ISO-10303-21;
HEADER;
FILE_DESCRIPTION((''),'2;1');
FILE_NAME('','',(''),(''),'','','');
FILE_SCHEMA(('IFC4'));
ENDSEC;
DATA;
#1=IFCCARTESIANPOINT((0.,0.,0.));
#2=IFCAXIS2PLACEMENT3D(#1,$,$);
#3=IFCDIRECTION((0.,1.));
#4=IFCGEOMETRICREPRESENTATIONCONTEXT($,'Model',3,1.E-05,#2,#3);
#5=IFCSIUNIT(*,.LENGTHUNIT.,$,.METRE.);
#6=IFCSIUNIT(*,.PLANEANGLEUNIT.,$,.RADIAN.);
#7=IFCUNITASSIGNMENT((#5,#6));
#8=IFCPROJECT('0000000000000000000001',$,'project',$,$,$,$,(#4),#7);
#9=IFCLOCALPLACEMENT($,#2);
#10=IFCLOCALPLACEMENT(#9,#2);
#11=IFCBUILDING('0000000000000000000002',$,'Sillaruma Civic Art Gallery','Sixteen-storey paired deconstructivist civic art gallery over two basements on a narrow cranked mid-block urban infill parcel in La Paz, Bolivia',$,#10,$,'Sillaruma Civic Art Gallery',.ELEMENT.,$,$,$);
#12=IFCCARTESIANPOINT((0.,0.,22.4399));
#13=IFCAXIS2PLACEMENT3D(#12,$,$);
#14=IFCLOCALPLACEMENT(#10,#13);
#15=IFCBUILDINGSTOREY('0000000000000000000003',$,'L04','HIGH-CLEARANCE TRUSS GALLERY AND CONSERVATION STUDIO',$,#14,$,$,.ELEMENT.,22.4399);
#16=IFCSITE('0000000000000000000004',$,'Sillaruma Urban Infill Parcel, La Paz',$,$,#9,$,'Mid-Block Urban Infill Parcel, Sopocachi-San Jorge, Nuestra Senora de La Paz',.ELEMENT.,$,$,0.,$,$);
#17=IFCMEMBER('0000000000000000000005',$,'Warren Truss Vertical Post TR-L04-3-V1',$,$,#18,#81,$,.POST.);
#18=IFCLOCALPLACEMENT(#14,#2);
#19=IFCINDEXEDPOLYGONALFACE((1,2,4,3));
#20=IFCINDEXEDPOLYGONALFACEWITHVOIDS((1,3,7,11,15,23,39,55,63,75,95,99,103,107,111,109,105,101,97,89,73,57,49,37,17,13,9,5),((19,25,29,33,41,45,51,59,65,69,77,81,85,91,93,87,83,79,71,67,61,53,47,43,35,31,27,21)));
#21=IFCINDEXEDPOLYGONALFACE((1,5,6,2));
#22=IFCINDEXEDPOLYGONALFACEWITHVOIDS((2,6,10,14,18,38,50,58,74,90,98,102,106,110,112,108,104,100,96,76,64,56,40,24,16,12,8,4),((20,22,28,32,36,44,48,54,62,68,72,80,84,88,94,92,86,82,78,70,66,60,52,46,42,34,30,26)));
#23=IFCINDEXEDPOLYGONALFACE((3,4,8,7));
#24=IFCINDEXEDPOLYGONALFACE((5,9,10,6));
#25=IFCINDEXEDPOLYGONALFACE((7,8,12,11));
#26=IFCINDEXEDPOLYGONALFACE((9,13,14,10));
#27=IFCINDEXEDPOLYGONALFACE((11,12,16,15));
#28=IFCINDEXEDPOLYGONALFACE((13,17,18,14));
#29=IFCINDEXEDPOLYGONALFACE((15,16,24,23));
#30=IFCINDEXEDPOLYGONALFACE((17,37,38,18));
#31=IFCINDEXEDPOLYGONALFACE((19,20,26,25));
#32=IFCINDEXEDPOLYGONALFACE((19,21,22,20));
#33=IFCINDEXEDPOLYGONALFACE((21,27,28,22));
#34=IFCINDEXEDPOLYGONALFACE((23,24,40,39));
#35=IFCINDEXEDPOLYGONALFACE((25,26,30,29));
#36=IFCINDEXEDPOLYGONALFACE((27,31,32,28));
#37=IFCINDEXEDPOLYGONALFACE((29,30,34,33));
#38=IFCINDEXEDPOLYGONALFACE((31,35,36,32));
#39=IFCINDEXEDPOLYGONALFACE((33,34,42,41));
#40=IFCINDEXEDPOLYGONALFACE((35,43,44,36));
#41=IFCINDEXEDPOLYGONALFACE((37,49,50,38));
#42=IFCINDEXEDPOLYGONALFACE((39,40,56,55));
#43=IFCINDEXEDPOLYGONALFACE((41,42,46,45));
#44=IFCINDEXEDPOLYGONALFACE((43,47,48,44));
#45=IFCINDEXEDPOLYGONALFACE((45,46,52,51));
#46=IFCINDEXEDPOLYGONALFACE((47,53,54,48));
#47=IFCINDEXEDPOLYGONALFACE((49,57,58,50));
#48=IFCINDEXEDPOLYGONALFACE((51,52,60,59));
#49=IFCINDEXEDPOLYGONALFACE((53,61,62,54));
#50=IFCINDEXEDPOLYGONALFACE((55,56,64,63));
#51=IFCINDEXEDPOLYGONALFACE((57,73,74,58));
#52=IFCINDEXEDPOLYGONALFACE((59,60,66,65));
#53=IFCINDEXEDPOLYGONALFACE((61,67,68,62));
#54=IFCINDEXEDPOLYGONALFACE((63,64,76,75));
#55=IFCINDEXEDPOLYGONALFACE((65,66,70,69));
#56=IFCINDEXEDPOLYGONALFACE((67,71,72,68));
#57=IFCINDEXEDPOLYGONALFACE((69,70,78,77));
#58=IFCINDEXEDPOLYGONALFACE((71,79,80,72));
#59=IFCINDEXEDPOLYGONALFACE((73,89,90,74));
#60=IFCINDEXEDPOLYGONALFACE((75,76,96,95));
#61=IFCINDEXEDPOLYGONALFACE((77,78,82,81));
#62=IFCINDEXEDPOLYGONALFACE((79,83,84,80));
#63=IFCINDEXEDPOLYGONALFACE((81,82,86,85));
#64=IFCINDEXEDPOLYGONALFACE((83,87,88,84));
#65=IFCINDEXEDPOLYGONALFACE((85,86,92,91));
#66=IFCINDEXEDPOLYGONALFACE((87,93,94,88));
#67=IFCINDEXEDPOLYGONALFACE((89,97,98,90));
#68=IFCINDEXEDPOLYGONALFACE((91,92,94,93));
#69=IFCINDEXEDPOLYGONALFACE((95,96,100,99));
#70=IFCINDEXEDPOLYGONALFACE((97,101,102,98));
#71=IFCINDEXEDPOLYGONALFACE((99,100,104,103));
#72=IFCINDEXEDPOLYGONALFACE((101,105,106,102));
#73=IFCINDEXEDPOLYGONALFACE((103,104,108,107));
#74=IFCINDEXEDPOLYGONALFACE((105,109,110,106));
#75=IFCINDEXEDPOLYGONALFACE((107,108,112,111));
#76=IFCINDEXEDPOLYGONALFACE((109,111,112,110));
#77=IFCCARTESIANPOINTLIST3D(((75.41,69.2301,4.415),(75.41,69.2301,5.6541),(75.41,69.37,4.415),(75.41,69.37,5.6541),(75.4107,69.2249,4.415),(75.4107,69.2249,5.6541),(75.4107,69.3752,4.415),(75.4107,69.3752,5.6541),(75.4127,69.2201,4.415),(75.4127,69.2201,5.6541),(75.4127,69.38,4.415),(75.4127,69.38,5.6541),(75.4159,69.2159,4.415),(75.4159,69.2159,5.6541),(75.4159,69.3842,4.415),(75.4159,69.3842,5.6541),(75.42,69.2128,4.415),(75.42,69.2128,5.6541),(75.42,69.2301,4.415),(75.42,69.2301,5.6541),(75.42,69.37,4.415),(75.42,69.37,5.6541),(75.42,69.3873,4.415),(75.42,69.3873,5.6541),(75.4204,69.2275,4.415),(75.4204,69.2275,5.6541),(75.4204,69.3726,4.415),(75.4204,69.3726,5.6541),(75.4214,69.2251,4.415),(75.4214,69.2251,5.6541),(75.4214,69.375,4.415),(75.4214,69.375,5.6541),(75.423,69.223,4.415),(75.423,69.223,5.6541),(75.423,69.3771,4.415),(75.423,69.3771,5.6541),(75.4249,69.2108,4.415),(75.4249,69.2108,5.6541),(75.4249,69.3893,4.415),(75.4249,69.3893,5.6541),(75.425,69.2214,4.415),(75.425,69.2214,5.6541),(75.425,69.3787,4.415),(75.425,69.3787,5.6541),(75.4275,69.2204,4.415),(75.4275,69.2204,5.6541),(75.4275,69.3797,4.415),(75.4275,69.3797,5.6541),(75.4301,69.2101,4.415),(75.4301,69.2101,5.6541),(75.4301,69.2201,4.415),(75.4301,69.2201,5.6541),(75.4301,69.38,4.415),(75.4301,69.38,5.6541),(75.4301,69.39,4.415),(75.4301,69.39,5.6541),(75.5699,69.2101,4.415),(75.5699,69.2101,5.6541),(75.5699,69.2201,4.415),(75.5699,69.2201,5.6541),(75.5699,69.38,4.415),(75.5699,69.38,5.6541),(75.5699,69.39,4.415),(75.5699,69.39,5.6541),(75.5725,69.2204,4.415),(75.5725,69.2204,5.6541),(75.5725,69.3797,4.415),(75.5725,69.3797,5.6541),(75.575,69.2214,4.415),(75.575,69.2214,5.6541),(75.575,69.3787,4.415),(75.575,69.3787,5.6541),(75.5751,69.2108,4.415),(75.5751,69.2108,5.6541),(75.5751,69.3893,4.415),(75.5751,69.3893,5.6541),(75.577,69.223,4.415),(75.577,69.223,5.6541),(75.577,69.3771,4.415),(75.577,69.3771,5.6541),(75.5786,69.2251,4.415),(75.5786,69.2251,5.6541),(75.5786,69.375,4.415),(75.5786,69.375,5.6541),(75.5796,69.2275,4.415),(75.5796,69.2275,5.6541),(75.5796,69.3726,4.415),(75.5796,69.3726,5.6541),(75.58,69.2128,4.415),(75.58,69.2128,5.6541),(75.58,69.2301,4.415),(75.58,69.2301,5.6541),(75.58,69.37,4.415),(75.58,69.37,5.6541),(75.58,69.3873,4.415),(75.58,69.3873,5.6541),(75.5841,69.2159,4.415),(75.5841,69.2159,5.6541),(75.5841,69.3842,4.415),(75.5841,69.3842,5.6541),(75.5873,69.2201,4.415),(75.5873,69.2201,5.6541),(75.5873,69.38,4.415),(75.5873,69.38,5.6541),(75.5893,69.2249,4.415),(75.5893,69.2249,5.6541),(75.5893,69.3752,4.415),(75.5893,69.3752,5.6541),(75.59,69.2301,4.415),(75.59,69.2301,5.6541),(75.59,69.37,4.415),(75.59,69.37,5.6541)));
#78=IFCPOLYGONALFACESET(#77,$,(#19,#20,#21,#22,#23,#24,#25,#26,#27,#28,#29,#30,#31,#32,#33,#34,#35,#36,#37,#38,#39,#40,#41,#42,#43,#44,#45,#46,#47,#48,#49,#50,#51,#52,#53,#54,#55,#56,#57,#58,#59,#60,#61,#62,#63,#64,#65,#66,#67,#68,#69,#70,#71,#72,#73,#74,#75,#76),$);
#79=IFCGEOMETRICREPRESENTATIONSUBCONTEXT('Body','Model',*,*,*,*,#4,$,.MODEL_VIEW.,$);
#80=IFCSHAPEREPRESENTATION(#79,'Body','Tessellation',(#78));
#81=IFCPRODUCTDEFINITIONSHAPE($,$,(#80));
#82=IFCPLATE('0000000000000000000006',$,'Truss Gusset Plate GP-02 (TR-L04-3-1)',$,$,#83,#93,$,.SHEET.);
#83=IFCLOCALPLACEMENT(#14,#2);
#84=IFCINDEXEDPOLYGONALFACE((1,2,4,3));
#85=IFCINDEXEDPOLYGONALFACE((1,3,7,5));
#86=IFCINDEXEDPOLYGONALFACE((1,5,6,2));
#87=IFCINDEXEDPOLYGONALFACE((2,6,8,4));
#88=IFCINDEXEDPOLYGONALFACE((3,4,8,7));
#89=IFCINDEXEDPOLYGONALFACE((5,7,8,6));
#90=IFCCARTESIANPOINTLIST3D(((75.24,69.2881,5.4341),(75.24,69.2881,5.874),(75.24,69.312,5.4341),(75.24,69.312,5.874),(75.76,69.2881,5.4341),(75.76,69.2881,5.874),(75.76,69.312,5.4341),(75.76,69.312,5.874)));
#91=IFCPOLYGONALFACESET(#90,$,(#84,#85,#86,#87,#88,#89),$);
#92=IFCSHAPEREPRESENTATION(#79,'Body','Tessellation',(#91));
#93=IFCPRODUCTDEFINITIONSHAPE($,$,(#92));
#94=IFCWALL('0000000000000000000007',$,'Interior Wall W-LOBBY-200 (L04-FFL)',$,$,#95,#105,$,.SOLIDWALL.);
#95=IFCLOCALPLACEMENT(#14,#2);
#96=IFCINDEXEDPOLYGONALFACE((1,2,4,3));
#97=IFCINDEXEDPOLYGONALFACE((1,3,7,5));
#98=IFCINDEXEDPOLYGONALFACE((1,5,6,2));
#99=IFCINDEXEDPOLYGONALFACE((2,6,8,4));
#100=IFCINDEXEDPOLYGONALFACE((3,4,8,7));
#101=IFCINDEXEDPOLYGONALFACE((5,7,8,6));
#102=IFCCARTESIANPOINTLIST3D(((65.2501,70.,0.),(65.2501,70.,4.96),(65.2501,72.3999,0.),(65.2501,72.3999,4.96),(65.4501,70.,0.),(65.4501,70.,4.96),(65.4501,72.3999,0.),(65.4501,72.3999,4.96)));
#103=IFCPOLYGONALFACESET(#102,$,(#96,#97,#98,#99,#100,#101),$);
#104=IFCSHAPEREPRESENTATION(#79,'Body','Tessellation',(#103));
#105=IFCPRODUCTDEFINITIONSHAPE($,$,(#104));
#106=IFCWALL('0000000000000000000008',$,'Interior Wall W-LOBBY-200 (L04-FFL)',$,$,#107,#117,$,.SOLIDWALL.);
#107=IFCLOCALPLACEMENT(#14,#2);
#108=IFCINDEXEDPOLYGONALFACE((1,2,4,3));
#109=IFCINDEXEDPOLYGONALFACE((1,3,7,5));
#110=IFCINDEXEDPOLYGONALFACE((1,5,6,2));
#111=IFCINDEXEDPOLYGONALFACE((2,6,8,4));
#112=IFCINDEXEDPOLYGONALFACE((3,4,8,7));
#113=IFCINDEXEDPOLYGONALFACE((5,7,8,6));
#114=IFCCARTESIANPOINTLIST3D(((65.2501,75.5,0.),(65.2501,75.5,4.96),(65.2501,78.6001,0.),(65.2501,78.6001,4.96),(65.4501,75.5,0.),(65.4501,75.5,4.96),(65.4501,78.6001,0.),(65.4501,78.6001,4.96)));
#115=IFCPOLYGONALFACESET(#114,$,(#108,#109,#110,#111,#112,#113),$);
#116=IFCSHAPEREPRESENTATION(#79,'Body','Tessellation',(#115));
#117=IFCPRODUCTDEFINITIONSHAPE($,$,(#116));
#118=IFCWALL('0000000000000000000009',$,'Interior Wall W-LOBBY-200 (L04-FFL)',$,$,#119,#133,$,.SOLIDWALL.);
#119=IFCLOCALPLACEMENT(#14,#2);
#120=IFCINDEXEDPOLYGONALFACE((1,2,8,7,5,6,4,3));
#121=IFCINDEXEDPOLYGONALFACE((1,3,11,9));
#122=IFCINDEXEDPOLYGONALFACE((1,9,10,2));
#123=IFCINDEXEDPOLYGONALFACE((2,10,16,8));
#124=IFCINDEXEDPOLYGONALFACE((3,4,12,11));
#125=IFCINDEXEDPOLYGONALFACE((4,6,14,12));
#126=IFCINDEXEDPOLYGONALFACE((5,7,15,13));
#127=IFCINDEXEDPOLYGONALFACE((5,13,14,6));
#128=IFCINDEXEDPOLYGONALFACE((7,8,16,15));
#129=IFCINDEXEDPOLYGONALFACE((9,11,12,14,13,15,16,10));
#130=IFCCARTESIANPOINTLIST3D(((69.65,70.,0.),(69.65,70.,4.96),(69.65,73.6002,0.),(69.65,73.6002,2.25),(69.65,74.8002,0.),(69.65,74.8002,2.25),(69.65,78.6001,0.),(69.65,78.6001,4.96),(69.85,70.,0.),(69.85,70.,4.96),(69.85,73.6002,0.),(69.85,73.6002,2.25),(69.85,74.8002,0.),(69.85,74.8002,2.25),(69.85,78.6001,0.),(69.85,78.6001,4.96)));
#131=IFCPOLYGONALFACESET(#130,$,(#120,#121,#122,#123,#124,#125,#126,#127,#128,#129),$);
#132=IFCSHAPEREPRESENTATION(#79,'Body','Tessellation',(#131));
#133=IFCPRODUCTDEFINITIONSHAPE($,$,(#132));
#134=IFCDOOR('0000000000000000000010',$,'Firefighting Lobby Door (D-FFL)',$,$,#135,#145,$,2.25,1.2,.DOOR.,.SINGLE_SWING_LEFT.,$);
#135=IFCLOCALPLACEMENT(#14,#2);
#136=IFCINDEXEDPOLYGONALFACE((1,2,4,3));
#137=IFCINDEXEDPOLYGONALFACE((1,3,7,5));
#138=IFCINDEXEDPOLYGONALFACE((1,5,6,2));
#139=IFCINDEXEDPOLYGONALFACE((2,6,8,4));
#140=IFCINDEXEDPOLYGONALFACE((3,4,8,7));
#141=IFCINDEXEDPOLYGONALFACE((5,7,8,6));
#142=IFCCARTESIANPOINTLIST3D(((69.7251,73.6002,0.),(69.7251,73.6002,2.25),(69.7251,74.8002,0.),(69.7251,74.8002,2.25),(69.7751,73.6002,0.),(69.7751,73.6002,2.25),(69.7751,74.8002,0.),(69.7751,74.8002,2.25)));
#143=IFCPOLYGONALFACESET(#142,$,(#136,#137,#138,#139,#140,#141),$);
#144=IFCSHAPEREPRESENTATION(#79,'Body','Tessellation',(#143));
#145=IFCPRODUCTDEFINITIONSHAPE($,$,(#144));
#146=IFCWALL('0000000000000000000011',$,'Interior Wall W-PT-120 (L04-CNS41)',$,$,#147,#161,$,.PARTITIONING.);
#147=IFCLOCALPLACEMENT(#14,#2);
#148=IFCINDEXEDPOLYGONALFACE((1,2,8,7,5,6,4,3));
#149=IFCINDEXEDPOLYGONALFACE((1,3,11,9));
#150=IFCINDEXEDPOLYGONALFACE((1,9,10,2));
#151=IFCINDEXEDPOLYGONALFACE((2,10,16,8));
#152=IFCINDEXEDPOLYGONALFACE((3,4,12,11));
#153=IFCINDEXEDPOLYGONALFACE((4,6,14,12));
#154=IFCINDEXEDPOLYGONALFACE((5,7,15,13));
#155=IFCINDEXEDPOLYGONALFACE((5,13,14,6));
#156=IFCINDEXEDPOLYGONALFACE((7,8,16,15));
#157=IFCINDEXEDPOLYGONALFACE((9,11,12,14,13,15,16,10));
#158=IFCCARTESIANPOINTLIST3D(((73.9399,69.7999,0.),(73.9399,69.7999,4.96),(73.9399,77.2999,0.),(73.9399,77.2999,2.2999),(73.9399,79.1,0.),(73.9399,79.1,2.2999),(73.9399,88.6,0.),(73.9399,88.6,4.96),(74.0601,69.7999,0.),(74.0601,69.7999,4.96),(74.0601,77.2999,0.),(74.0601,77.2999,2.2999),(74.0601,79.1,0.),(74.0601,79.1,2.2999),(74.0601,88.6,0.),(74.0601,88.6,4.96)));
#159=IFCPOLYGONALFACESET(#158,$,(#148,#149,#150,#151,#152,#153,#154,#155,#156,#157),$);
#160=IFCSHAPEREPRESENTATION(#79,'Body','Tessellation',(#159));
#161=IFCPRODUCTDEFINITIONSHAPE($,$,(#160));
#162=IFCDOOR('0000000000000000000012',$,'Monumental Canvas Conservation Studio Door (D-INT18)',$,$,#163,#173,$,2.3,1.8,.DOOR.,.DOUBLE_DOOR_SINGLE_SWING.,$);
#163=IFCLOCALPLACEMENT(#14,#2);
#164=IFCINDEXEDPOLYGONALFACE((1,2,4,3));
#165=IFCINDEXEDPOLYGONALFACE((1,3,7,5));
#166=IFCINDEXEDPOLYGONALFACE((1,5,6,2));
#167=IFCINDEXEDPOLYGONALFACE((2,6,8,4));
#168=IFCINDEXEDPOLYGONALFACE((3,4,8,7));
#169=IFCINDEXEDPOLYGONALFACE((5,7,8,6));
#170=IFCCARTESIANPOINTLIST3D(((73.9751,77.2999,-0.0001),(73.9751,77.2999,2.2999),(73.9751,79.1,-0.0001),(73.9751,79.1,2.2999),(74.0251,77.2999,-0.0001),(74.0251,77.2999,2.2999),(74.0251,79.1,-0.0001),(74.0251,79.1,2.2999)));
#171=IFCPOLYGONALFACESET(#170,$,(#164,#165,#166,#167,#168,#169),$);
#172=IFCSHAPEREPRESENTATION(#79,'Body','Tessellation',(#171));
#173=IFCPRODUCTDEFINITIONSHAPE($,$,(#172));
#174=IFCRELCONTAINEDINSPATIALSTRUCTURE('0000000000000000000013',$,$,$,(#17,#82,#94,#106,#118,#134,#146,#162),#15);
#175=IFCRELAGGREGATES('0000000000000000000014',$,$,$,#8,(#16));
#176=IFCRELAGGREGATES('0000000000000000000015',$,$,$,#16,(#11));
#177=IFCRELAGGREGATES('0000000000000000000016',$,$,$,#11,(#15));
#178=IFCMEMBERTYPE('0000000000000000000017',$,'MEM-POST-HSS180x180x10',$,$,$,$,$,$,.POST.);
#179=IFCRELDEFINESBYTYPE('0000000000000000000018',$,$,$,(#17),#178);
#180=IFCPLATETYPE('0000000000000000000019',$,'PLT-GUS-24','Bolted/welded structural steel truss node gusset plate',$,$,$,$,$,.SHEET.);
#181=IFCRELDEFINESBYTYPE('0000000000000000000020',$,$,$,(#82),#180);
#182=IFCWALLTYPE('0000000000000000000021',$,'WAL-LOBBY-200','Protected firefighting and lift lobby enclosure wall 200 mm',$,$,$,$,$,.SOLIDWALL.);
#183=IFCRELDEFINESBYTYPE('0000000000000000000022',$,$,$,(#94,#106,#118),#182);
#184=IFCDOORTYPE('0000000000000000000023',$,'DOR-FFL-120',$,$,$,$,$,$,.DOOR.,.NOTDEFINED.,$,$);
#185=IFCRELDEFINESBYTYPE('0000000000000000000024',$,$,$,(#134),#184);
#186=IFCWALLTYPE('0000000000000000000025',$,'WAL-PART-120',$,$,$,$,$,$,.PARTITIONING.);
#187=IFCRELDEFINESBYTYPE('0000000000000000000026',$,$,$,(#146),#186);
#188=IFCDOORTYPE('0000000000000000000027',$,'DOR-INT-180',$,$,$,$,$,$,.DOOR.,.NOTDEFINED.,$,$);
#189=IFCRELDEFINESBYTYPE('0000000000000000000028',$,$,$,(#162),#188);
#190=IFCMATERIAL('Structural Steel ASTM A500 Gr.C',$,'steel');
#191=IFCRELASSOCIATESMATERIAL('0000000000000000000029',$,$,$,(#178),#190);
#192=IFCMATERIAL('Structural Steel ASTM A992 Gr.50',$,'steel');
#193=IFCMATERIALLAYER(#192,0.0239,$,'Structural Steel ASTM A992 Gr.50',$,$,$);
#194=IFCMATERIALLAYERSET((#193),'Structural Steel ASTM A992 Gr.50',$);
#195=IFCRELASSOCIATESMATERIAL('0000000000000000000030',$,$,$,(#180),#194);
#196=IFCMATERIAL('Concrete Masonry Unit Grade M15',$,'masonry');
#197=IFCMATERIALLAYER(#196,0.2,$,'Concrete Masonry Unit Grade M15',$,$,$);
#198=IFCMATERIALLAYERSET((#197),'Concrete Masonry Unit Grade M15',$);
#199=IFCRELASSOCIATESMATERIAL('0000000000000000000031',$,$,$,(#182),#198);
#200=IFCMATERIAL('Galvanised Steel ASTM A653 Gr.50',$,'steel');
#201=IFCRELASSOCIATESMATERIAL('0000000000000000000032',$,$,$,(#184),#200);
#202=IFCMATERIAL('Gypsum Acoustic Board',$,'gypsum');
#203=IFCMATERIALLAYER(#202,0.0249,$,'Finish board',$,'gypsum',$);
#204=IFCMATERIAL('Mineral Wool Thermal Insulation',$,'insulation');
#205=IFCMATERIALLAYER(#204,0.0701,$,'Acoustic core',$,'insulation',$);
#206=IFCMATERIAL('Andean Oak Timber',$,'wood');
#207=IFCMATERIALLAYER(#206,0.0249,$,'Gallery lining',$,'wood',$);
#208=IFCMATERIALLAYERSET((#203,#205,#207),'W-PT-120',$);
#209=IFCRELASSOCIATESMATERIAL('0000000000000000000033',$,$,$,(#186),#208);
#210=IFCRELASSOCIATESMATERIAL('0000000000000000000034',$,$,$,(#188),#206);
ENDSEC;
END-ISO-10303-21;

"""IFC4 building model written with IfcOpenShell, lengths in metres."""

from ifc_helpers import new_model, si_unit, direction, frame, frame_2d, origin, origin_2d, place, context, subcontext, project, spatial, rectangle, hollow_rectangle, extrude, material, layer, layer_set, material_profile, profile_set, type_object, element, fill, save


model = new_model("IFC4")

# Units and contexts
model_context = context("Model", 3, precision=1e-05, world=origin(), true_north=direction((0.0, 1.0)))
body_context = subcontext(model_context, "Body", "Model", "MODEL_VIEW")
ifc_project = project(units=[si_unit("LENGTHUNIT", "METRE"), si_unit("PLANEANGLEUNIT", "RADIAN")], contexts=[model_context])

# Site, building, storey
site_placement = place(None, origin())
site = spatial("IfcSite", under=ifc_project, at=site_placement, Name="Sillaruma Urban Infill Parcel, La Paz", LongName="Mid-Block Urban Infill Parcel, Sopocachi-San Jorge, Nuestra Senora de La Paz", CompositionType="ELEMENT", RefElevation=0.0)
building_placement = place(site_placement, origin())
building = spatial("IfcBuilding", under=site, at=building_placement, Name="Sillaruma Civic Art Gallery", Description="Sixteen-storey paired deconstructivist civic art gallery over two basements on a narrow cranked mid-block urban infill parcel in La Paz, Bolivia", LongName="Sillaruma Civic Art Gallery", CompositionType="ELEMENT")
storey_placement = place(building_placement, frame((0.0, 0.0, 22.4399)))
storey = spatial("IfcBuildingStorey", under=building, at=storey_placement, Name="L04", Description="HIGH-CLEARANCE TRUSS GALLERY AND CONSERVATION STUDIO", CompositionType="ELEMENT", Elevation=22.4399)

# Member
ifc_material_1 = material(Name="Structural Steel ASTM A500 Gr.C", Category="steel")
ifc_material_profile_1 = material_profile(ifc_material_1, hollow_rectangle(XDim=0.1799, YDim=0.1799, WallThickness=0.01, InnerFilletRadius=0.01, OuterFilletRadius=0.02, at=origin_2d()), Name="HSS180x180x10")
ifc_profile_set_1 = profile_set([ifc_material_profile_1], Name="Structural Steel ASTM A500 Gr.C")
member_type_1 = type_object("IfcMemberType", Name="MEM-POST-HSS180x180x10", PredefinedType="POST", material=ifc_profile_set_1)
member_1_placement = place(storey_placement, frame((75.5, 69.3, 4.415), z_axis=(0.0, 0.0, 1.0), x_axis=(1.0, 0.0, 0.0)))
element("IfcMember", 1, at=member_1_placement, inside=storey, type_object=member_type_1, Name="Warren Truss Vertical Post TR-L04-3-V1", PredefinedType="POST", context=body_context, shape_type="SweptSolid", body=[
    extrude(hollow_rectangle(XDim=0.1799, YDim=0.1799, WallThickness=0.01, InnerFilletRadius=0.01, OuterFilletRadius=0.02, at=origin_2d()), origin(), (0.0, 0.0, 1.0), 1.239),
])

# Plate
ifc_material_2 = material(Name="Structural Steel ASTM A992 Gr.50", Category="steel")
ifc_layer_1 = layer(ifc_material_2, 0.0239, Name="Structural Steel ASTM A992 Gr.50")
ifc_layer_set_1 = layer_set([ifc_layer_1], Name="Structural Steel ASTM A992 Gr.50")
plate_type = type_object("IfcPlateType", Name="PLT-GUS-24", Description="Bolted/welded structural steel truss node gusset plate", PredefinedType="SHEET", material=ifc_layer_set_1)
plate_placement = place(storey_placement, frame((75.5, 69.3, 5.4341), z_axis=(0.0, 0.0, 1.0), x_axis=(1.0, 0.0, 0.0)))
element("IfcPlate", 2, at=plate_placement, inside=storey, type_object=plate_type, Name="Truss Gusset Plate GP-02 (TR-L04-3-1)", PredefinedType="SHEET", context=body_context, shape_type="SweptSolid", body=[
    extrude(rectangle(XDim=0.52, YDim=0.0239, at=origin_2d()), origin(), (0.0, 0.0, 1.0), 0.4399),
])

# Walls
ifc_material_3 = material(Name="Concrete Masonry Unit Grade M15", Category="masonry")
ifc_layer_2 = layer(ifc_material_3, 0.2, Name="Concrete Masonry Unit Grade M15")
ifc_layer_set_2 = layer_set([ifc_layer_2], Name="Concrete Masonry Unit Grade M15")
wall_type_1 = type_object("IfcWallType", Name="WAL-LOBBY-200", Description="Protected firefighting and lift lobby enclosure wall 200 mm", PredefinedType="SOLIDWALL", material=ifc_layer_set_2)
wall_1_placement = place(storey_placement, frame((65.3501, 70.0, 0.0), z_axis=(0.0, 0.0, 1.0), x_axis=(0.0, 1.0, 0.0)))
element("IfcWall", 3, at=wall_1_placement, inside=storey, type_object=wall_type_1, Name="Interior Wall W-LOBBY-200 (L04-FFL)", PredefinedType="SOLIDWALL", context=body_context, shape_type="SweptSolid", body=[
    extrude(rectangle(XDim=2.3999, YDim=0.2, at=frame_2d((1.2, 0.0))), origin(), (0.0, 0.0, 1.0), 4.96),
])
wall_2_placement = place(storey_placement, frame((65.3501, 75.5, 0.0), z_axis=(0.0, 0.0, 1.0), x_axis=(0.0, 1.0, 0.0)))
element("IfcWall", 4, at=wall_2_placement, inside=storey, type_object=wall_type_1, Name="Interior Wall W-LOBBY-200 (L04-FFL)", PredefinedType="SOLIDWALL", context=body_context, shape_type="SweptSolid", body=[
    extrude(rectangle(XDim=3.1001, YDim=0.2, at=frame_2d((1.55, 0.0))), origin(), (0.0, 0.0, 1.0), 4.96),
])

# Walls, openings, doors
wall_3_placement = place(storey_placement, frame((69.75, 70.0, 0.0), z_axis=(0.0, 0.0, 1.0), x_axis=(0.0, 1.0, 0.0)))
wall_3 = element("IfcWall", 5, at=wall_3_placement, inside=storey, type_object=wall_type_1, Name="Interior Wall W-LOBBY-200 (L04-FFL)", PredefinedType="SOLIDWALL", context=body_context, shape_type="SweptSolid", body=[
    extrude(rectangle(XDim=8.6001, YDim=0.2, at=frame_2d((4.3, 0.0))), origin(), (0.0, 0.0, 1.0), 4.96),
])
opening_1_placement = place(wall_3_placement, frame((3.6001, 0.0, 0.0)))
opening_1 = element("IfcOpeningElement", 6, at=opening_1_placement, cuts=wall_3, PredefinedType="OPENING", context=body_context, shape_type="SweptSolid", body=[
    extrude(rectangle(XDim=1.2, YDim=2.25, at=frame_2d((0.6001, 1.125))), frame((0.0, 0.1099, 0.0), z_axis=(0.0, -1.0, 0.0), x_axis=(1.0, 0.0, 0.0)), (0.0, 0.0, 1.0), 0.22),
])
ifc_material_4 = material(Name="Galvanised Steel ASTM A653 Gr.50", Category="steel")
door_type_1 = type_object("IfcDoorType", Name="DOR-FFL-120", OperationType="NOTDEFINED", PredefinedType="DOOR", material=ifc_material_4)
door_1_placement = place(opening_1_placement, origin())
door_1 = element("IfcDoor", 7, at=door_1_placement, inside=storey, type_object=door_type_1, Name="Firefighting Lobby Door (D-FFL)", OperationType="SINGLE_SWING_LEFT", OverallHeight=2.25, OverallWidth=1.2, PredefinedType="DOOR", context=body_context, shape_type="SweptSolid", body=[
    extrude(rectangle(XDim=1.2, YDim=2.25, at=frame_2d((0.6001, 1.125))), frame((0.0, 0.0249, 0.0), z_axis=(0.0, -1.0, 0.0), x_axis=(1.0, 0.0, 0.0)), (0.0, 0.0, 1.0), 0.05),
])
fill(opening_1, door_1)
ifc_material_5 = material(Name="Gypsum Acoustic Board", Category="gypsum")
ifc_layer_3 = layer(ifc_material_5, 0.0249, Name="Finish board", Category="gypsum")
ifc_material_6 = material(Name="Mineral Wool Thermal Insulation", Category="insulation")
ifc_layer_4 = layer(ifc_material_6, 0.0701, Name="Acoustic core", Category="insulation")
ifc_material_7 = material(Name="Andean Oak Timber", Category="wood")
ifc_layer_5 = layer(ifc_material_7, 0.0249, Name="Gallery lining", Category="wood")
ifc_layer_set_3 = layer_set([ifc_layer_3, ifc_layer_4, ifc_layer_5], Name="W-PT-120")
wall_type_2 = type_object("IfcWallType", Name="WAL-PART-120", PredefinedType="PARTITIONING", material=ifc_layer_set_3)
wall_4_placement = place(storey_placement, frame((74.0, 69.8, 0.0), z_axis=(0.0, 0.0, 1.0), x_axis=(0.0, 1.0, 0.0)))
wall_4 = element("IfcWall", 8, at=wall_4_placement, inside=storey, type_object=wall_type_2, Name="Interior Wall W-PT-120 (L04-CNS41)", PredefinedType="PARTITIONING", context=body_context, shape_type="SweptSolid", body=[
    extrude(rectangle(XDim=18.8, YDim=0.1201, at=frame_2d((9.3999, 0.0))), origin(), (0.0, 0.0, 1.0), 4.96),
])
opening_2_placement = place(wall_4_placement, frame((7.5, 0.0, 0.0)))
opening_2 = element("IfcOpeningElement", 9, at=opening_2_placement, cuts=wall_4, PredefinedType="OPENING", context=body_context, shape_type="SweptSolid", body=[
    extrude(rectangle(XDim=1.8, YDim=2.3, at=frame_2d((0.8999, 1.1499))), frame((0.0, 0.0701, 0.0), z_axis=(0.0, -1.0, 0.0), x_axis=(1.0, 0.0, 0.0)), (0.0, 0.0, 1.0), 0.1401),
])
door_type_2 = type_object("IfcDoorType", Name="DOR-INT-180", OperationType="NOTDEFINED", PredefinedType="DOOR", material=ifc_material_7)
door_2_placement = place(opening_2_placement, origin())
door_2 = element("IfcDoor", 10, at=door_2_placement, inside=storey, type_object=door_type_2, Name="Monumental Canvas Conservation Studio Door (D-INT18)", OperationType="DOUBLE_DOOR_SINGLE_SWING", OverallHeight=2.3, OverallWidth=1.8, PredefinedType="DOOR", context=body_context, shape_type="SweptSolid", body=[
    extrude(rectangle(XDim=1.8, YDim=2.3, at=frame_2d((0.8999, 1.1499))), frame((0.0, 0.0249, 0.0), z_axis=(0.0, -1.0, 0.0), x_axis=(1.0, 0.0, 0.0)), (0.0, 0.0, 1.0), 0.05),
])
fill(opening_2, door_2)

save(model, "model.ifc")
